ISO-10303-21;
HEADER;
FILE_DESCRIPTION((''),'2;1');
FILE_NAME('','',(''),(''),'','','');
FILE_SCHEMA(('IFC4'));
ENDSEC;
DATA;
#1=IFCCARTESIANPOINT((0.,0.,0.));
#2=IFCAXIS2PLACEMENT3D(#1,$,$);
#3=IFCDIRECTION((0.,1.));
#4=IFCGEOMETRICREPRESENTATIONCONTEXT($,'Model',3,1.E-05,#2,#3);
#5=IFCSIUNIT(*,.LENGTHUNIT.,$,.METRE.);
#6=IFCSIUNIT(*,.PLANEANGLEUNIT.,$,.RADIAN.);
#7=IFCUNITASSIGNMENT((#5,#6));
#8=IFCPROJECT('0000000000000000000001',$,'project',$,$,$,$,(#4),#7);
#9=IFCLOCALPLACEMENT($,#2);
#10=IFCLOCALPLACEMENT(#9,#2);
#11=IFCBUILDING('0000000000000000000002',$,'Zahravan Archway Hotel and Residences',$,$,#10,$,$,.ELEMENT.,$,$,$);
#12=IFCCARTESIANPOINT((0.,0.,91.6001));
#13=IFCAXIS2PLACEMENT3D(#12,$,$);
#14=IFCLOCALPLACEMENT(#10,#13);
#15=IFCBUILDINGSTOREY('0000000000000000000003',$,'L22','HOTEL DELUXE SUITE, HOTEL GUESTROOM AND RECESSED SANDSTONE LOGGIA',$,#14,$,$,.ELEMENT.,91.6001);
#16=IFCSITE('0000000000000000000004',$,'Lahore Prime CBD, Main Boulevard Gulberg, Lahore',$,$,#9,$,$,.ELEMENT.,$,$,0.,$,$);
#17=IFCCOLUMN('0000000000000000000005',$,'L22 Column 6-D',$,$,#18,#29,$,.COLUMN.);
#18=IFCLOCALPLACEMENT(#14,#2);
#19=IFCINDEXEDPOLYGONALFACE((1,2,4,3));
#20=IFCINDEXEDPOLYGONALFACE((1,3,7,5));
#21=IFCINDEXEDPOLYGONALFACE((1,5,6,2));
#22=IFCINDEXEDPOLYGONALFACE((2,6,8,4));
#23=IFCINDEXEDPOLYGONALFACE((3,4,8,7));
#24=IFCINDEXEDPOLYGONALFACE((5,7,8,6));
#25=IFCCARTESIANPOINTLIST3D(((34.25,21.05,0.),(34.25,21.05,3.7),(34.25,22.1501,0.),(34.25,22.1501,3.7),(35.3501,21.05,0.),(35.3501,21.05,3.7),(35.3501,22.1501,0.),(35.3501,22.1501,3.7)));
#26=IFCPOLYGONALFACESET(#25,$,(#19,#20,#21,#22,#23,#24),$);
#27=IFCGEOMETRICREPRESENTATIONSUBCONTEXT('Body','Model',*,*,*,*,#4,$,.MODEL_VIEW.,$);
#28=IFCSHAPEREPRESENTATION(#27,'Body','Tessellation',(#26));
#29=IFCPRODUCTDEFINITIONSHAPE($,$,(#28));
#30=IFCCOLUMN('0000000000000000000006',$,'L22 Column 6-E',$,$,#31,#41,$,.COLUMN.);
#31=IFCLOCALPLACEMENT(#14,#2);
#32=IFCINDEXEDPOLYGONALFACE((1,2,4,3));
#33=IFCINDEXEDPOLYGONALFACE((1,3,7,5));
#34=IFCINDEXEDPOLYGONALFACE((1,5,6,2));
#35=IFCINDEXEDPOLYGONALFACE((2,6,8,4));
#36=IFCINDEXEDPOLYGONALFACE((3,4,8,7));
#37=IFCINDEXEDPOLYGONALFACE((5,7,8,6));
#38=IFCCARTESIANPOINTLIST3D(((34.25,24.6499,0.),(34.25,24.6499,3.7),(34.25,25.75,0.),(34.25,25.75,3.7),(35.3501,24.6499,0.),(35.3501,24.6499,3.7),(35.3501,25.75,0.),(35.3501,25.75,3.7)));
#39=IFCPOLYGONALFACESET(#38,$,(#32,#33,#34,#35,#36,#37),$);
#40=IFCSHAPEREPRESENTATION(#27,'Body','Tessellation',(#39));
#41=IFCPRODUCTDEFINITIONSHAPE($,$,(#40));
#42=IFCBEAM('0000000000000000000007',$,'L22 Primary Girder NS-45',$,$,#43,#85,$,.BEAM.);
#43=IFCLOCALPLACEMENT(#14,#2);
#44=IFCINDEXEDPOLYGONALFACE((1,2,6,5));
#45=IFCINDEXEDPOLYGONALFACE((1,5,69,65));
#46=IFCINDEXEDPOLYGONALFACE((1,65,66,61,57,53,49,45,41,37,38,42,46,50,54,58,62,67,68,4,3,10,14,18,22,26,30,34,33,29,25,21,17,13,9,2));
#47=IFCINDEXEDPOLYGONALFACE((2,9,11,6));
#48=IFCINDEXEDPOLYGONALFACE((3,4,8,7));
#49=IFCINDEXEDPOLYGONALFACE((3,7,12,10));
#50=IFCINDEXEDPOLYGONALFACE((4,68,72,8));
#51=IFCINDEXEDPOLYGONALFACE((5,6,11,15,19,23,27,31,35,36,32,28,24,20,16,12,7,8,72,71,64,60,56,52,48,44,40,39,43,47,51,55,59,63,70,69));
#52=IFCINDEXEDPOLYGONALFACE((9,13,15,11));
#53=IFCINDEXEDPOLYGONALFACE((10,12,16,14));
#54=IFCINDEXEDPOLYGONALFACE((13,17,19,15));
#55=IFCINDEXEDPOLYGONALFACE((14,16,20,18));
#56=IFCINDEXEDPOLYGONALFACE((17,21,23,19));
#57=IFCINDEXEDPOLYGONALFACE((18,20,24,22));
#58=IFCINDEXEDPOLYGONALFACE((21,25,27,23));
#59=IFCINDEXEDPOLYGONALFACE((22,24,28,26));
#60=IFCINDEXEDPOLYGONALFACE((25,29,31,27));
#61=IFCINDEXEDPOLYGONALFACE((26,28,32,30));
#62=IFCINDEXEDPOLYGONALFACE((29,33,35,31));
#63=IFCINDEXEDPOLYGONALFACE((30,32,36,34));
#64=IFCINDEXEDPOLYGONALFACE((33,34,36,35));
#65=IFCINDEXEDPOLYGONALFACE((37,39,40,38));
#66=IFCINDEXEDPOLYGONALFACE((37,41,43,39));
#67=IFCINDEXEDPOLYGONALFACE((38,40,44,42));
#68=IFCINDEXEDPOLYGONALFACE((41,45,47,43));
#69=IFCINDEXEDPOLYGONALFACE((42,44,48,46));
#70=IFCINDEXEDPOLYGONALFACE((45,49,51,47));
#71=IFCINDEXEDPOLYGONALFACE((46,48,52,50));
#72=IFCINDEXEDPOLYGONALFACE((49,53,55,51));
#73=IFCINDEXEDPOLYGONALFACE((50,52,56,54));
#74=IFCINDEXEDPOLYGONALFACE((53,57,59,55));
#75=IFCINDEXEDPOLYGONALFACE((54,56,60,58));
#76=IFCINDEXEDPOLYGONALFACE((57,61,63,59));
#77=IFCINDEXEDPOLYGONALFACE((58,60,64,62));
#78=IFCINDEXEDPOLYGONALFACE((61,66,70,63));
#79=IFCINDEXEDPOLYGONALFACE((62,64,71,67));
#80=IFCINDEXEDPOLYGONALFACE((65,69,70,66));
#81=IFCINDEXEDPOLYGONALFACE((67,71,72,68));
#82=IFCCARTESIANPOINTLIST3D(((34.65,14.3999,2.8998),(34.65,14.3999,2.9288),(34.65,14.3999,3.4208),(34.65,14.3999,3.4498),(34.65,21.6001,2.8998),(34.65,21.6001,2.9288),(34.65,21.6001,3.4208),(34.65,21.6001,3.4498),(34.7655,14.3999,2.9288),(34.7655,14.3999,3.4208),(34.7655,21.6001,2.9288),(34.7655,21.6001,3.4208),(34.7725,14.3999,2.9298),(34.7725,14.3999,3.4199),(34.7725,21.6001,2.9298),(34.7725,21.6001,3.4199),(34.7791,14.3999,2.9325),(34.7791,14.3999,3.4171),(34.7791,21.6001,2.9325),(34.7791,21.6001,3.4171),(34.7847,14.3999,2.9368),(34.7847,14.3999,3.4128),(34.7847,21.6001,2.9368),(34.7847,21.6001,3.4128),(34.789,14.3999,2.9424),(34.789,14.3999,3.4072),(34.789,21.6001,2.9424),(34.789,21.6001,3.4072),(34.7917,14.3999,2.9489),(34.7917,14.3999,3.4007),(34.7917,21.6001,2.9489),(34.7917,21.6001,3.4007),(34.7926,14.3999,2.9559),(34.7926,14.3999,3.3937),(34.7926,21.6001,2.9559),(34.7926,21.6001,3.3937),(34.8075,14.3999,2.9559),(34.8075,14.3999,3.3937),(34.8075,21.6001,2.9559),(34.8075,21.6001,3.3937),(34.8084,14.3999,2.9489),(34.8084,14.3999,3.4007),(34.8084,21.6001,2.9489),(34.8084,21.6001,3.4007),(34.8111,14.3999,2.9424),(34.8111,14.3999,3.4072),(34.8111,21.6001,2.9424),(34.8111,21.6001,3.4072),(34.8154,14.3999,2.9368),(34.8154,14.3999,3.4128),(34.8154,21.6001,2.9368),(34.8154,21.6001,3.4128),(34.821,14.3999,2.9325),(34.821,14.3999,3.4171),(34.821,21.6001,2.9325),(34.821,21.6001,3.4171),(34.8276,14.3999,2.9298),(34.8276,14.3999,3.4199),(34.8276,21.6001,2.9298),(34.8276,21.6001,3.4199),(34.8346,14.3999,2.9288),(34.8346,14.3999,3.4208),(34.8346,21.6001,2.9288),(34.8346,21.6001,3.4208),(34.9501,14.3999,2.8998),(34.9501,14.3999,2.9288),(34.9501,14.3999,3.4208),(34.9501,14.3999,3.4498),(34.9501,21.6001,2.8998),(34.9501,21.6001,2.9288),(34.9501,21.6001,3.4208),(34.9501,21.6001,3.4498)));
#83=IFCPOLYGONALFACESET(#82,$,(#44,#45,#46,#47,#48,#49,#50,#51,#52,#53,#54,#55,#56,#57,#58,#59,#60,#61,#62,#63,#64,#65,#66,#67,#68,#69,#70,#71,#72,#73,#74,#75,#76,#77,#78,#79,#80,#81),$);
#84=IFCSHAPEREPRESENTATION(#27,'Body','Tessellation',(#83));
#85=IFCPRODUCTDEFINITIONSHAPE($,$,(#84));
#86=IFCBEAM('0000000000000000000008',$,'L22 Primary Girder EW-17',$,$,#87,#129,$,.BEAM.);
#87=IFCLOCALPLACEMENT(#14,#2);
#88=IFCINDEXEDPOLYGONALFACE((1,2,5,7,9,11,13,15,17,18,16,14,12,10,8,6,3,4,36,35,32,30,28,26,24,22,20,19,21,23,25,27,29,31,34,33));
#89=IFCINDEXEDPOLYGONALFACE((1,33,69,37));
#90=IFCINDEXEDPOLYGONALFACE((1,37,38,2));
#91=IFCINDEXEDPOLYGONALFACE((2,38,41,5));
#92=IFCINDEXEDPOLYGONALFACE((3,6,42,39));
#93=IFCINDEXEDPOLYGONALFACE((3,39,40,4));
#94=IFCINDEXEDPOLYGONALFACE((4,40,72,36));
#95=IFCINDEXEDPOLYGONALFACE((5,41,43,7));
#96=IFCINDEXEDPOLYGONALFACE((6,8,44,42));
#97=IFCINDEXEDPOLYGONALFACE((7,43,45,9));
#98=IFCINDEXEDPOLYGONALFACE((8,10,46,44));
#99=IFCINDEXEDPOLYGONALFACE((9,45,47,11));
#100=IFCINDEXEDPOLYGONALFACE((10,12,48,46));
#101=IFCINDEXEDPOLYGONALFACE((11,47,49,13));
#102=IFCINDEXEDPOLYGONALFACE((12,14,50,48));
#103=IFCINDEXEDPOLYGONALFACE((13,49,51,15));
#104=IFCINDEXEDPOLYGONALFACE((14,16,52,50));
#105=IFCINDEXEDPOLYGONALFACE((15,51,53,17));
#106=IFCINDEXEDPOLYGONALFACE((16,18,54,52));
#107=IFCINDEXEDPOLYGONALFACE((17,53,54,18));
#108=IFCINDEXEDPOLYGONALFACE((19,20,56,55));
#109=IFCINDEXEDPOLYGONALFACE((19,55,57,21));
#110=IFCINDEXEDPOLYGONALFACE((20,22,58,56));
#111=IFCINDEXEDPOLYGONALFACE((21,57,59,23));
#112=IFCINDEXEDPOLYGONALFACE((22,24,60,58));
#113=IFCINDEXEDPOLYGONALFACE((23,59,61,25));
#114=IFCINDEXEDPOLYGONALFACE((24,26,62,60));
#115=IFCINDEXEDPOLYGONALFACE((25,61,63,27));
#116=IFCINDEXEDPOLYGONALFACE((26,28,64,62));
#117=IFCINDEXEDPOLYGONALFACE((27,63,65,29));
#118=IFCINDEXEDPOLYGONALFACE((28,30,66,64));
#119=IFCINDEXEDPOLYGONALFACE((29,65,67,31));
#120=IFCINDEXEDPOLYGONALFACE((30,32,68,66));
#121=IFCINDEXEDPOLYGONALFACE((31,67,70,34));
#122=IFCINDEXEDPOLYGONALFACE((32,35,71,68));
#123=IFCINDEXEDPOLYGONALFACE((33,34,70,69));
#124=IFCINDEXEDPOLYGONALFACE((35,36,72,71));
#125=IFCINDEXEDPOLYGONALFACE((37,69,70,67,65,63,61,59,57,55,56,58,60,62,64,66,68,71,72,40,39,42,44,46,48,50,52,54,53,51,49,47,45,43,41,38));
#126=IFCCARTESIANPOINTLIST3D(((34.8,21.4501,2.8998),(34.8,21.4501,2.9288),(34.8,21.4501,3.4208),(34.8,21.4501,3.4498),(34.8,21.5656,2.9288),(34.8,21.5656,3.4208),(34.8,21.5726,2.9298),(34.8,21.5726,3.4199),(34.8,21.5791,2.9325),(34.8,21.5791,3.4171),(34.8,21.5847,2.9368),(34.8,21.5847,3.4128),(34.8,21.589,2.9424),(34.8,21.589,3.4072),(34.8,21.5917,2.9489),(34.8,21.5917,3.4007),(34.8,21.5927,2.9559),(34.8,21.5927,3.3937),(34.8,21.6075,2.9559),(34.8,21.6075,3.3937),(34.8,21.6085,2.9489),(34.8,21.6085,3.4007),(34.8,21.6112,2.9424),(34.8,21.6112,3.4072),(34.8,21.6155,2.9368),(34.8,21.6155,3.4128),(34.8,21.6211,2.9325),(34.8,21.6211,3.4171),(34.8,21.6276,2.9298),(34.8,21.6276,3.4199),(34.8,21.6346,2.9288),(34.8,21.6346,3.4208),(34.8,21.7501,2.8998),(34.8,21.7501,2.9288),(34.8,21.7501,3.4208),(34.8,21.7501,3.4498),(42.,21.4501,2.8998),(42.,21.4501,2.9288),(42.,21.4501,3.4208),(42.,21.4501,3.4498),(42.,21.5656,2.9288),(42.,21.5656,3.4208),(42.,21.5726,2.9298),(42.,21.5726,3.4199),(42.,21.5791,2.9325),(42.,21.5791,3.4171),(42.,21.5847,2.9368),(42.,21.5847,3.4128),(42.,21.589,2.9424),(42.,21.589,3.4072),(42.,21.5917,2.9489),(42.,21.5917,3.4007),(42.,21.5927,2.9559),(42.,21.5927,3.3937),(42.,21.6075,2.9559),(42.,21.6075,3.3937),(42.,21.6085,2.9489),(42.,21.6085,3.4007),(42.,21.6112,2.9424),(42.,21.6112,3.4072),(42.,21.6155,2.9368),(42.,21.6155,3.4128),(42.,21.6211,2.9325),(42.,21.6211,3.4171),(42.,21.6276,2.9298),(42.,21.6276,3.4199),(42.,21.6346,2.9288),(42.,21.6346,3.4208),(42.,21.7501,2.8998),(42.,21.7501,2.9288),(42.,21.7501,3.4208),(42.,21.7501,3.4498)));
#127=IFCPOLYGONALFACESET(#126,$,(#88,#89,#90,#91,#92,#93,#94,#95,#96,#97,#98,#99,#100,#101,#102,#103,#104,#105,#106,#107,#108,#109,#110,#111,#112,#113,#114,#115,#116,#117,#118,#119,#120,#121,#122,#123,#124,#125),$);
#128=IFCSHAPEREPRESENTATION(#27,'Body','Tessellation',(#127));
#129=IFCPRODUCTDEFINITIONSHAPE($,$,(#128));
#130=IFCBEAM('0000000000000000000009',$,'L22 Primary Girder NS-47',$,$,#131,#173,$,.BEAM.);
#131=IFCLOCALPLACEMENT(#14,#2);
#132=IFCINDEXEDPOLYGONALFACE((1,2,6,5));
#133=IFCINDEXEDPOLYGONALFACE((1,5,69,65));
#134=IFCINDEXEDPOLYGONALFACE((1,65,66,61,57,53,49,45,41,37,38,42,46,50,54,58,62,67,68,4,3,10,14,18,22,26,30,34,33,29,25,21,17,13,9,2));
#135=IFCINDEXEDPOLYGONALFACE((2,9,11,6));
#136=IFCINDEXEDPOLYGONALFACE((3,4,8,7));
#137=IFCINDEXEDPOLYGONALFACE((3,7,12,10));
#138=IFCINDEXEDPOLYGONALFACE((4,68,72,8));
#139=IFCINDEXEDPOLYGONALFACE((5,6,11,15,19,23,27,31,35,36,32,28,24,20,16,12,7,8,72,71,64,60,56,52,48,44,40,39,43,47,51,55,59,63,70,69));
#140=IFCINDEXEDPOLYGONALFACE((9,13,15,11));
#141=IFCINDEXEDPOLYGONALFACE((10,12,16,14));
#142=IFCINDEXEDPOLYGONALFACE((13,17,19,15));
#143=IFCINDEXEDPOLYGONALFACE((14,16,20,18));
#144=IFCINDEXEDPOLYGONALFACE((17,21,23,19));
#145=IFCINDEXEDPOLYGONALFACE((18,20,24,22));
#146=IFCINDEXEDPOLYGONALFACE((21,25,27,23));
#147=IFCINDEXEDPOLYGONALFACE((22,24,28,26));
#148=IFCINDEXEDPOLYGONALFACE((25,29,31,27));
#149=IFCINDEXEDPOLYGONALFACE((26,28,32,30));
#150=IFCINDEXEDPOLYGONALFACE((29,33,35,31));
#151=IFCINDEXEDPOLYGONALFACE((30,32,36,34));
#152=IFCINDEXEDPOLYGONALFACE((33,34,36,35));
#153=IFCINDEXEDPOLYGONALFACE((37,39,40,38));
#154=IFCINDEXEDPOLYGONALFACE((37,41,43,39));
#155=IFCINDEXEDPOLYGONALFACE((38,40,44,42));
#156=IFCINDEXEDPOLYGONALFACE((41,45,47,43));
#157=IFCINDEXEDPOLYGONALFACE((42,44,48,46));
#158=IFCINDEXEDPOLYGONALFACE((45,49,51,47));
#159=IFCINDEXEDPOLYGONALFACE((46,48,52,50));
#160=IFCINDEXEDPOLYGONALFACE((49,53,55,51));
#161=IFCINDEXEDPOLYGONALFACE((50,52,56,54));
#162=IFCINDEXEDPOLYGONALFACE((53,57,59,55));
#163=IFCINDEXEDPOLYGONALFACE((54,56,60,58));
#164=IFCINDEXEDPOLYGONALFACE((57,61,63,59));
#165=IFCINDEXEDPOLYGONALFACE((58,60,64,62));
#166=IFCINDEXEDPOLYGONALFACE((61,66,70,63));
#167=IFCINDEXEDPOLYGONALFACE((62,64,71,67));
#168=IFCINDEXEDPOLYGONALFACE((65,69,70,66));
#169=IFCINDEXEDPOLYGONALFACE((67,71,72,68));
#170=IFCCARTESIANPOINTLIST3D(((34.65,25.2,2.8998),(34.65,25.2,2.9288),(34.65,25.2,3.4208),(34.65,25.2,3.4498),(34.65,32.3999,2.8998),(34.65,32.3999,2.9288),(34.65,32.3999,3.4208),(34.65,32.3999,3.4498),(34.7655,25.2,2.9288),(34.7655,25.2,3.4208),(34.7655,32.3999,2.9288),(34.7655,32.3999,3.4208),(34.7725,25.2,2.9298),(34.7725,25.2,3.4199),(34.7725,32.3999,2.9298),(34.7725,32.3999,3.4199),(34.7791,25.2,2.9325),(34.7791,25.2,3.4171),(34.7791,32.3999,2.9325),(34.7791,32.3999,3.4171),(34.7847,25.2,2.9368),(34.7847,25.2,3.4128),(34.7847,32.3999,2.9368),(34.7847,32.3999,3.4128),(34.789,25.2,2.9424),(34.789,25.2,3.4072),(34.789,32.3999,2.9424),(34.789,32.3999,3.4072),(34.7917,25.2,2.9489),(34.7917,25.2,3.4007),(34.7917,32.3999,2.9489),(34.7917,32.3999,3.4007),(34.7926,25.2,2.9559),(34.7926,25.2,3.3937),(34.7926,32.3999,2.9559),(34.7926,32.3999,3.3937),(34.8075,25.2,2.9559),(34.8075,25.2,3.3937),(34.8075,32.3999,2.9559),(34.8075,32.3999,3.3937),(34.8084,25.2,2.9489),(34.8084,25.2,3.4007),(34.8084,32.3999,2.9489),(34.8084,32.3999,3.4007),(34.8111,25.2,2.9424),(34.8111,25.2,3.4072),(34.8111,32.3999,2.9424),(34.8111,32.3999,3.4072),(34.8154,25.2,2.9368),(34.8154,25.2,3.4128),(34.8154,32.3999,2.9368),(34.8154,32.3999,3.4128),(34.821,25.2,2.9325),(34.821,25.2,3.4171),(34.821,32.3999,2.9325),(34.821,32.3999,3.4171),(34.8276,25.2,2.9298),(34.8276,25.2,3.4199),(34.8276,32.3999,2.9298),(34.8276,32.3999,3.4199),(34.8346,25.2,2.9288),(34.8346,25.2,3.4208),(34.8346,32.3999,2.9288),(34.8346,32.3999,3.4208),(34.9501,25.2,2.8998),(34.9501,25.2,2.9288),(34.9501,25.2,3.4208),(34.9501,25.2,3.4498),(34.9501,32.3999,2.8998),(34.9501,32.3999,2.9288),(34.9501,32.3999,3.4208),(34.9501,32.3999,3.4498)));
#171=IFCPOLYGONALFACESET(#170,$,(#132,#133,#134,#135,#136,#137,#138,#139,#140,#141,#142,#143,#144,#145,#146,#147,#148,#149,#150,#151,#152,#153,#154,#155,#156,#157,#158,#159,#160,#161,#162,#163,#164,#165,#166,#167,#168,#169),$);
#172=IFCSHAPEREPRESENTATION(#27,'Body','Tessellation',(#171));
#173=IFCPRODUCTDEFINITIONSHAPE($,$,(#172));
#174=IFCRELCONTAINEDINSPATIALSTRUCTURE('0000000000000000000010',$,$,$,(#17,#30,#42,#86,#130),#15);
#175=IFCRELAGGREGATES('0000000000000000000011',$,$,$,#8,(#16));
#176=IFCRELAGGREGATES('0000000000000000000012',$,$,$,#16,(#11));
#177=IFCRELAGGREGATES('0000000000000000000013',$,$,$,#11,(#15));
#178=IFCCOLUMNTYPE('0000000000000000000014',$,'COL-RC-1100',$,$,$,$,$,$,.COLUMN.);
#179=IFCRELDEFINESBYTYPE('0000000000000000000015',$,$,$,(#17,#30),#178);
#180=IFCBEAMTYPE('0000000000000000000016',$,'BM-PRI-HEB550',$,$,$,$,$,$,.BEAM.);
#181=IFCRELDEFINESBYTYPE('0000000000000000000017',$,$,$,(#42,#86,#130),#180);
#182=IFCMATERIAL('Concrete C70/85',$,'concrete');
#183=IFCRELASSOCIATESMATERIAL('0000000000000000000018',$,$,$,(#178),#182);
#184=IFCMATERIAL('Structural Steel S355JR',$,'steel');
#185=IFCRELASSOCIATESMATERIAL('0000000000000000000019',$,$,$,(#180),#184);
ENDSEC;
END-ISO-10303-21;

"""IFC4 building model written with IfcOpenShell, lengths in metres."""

from ifc_helpers import new_model, si_unit, direction, frame, origin, origin_2d, place, context, subcontext, project, spatial, rectangle, i_section, extrude, source, transform, mapped, material, material_profile, profile_set, type_object, type_shapes, element, save


model = new_model("IFC4")

# Units and contexts
model_context = context("Model", 3, precision=1e-05, world=origin(), true_north=direction((0.0, 1.0)))
body_context = subcontext(model_context, "Body", "Model", "MODEL_VIEW")
ifc_project = project(units=[si_unit("LENGTHUNIT", "METRE"), si_unit("PLANEANGLEUNIT", "RADIAN")], contexts=[model_context])

# Site, building, storey
site_placement = place(None, origin())
site = spatial("IfcSite", under=ifc_project, at=site_placement, Name="Lahore Prime CBD, Main Boulevard Gulberg, Lahore", CompositionType="ELEMENT", RefElevation=0.0)
building_placement = place(site_placement, origin())
building = spatial("IfcBuilding", under=site, at=building_placement, Name="Zahravan Archway Hotel and Residences", CompositionType="ELEMENT")
storey_placement = place(building_placement, frame((0.0, 0.0, 91.6001)))
storey = spatial("IfcBuildingStorey", under=building, at=storey_placement, Name="L22", Description="HOTEL DELUXE SUITE, HOTEL GUESTROOM AND RECESSED SANDSTONE LOGGIA", CompositionType="ELEMENT", Elevation=91.6001)

# Columns
ifc_material_1 = material(Name="Concrete C70/85", Category="concrete")
ifc_material_profile_1 = material_profile(ifc_material_1, rectangle(XDim=1.1001, YDim=1.1001, at=origin_2d()), Name="RC 1100x1100", Category="concrete")
ifc_profile_set_1 = profile_set([ifc_material_profile_1], Name="Concrete C70/85")
column_type = type_object("IfcColumnType", Name="COL-RC-1100", PredefinedType="COLUMN", material=ifc_profile_set_1)
shared_shape_1 = source(origin(), body_context, "Body", "SweptSolid", [
    extrude(rectangle(XDim=1.1001, YDim=1.1001, at=origin_2d()), origin(), (0.0, 0.0, 1.0), 3.7),
])
for number, where, z_axis, x_axis, name in (
    (1, (34.8, 21.6001, 0.0), (0.0, 0.0, 1.0), (1.0, 0.0, 0.0), "L22 Column 6-D"),
    (2, (34.8, 25.2, 0.0), (0.0, 0.0, 1.0), (1.0, 0.0, 0.0), "L22 Column 6-E"),
):
    element("IfcColumn", number, at=place(storey_placement, frame(where, z_axis=z_axis, x_axis=x_axis)), inside=storey, type_object=column_type, Name=name, PredefinedType="COLUMN", context=body_context, shape_type="MappedRepresentation", body=[
        mapped(shared_shape_1, transform((0.0, 0.0, 0.0), scale=1.0)),
    ])

# Beams
ifc_material_2 = material(Name="Structural Steel S355JR", Category="steel")
ifc_material_profile_2 = material_profile(ifc_material_2, i_section(OverallWidth=0.3, OverallDepth=0.55, WebThickness=0.0149, FlangeThickness=0.0291, FilletRadius=0.0271, at=origin_2d()), Name="HEB 550", Category="steel")
ifc_profile_set_2 = profile_set([ifc_material_profile_2], Name="Structural Steel S355JR")
beam_type = type_object("IfcBeamType", Name="BM-PRI-HEB550", PredefinedType="BEAM", material=ifc_profile_set_2)
shared_shape_2 = source(origin(), body_context, "Body", "SweptSolid", [
    extrude(i_section(OverallWidth=0.3, OverallDepth=0.55, WebThickness=0.0149, FlangeThickness=0.0291, FilletRadius=0.0271, at=origin_2d()), origin(), (0.0, 0.0, 1.0), 7.2002),
])
type_shapes(beam_type, [shared_shape_2])
beam_1_placement = place(storey_placement, frame((34.8, 14.3999, 3.1748), z_axis=(0.0, 1.0, 0.0), x_axis=(-1.0, 0.0, 0.0)))
element("IfcBeam", 3, at=beam_1_placement, inside=storey, type_object=beam_type, Name="L22 Primary Girder NS-45", PredefinedType="BEAM", context=body_context, shape_type="MappedRepresentation", body=[
    mapped(shared_shape_2, transform((0.0, 0.0, 0.0), scale=1.0)),
])
shared_shape_3 = source(origin(), body_context, "Body", "SweptSolid", [
    extrude(i_section(OverallWidth=0.3, OverallDepth=0.55, WebThickness=0.0149, FlangeThickness=0.0291, FilletRadius=0.0271, at=origin_2d()), origin(), (0.0, 0.0, 1.0), 7.2),
])
for number, where, z_axis, x_axis, name in (
    (4, (34.8, 21.6001, 3.1748), (1.0, 0.0, 0.0), (0.0, 1.0, 0.0), "L22 Primary Girder EW-17"),
    (5, (34.8, 25.2, 3.1748), (0.0, 1.0, 0.0), (-1.0, 0.0, 0.0), "L22 Primary Girder NS-47"),
):
    element("IfcBeam", number, at=place(storey_placement, frame(where, z_axis=z_axis, x_axis=x_axis)), inside=storey, type_object=beam_type, Name=name, PredefinedType="BEAM", context=body_context, shape_type="MappedRepresentation", body=[
        mapped(shared_shape_3, transform((0.0, 0.0, 0.0), scale=1.0)),
    ])

save(model, "model.ifc")
